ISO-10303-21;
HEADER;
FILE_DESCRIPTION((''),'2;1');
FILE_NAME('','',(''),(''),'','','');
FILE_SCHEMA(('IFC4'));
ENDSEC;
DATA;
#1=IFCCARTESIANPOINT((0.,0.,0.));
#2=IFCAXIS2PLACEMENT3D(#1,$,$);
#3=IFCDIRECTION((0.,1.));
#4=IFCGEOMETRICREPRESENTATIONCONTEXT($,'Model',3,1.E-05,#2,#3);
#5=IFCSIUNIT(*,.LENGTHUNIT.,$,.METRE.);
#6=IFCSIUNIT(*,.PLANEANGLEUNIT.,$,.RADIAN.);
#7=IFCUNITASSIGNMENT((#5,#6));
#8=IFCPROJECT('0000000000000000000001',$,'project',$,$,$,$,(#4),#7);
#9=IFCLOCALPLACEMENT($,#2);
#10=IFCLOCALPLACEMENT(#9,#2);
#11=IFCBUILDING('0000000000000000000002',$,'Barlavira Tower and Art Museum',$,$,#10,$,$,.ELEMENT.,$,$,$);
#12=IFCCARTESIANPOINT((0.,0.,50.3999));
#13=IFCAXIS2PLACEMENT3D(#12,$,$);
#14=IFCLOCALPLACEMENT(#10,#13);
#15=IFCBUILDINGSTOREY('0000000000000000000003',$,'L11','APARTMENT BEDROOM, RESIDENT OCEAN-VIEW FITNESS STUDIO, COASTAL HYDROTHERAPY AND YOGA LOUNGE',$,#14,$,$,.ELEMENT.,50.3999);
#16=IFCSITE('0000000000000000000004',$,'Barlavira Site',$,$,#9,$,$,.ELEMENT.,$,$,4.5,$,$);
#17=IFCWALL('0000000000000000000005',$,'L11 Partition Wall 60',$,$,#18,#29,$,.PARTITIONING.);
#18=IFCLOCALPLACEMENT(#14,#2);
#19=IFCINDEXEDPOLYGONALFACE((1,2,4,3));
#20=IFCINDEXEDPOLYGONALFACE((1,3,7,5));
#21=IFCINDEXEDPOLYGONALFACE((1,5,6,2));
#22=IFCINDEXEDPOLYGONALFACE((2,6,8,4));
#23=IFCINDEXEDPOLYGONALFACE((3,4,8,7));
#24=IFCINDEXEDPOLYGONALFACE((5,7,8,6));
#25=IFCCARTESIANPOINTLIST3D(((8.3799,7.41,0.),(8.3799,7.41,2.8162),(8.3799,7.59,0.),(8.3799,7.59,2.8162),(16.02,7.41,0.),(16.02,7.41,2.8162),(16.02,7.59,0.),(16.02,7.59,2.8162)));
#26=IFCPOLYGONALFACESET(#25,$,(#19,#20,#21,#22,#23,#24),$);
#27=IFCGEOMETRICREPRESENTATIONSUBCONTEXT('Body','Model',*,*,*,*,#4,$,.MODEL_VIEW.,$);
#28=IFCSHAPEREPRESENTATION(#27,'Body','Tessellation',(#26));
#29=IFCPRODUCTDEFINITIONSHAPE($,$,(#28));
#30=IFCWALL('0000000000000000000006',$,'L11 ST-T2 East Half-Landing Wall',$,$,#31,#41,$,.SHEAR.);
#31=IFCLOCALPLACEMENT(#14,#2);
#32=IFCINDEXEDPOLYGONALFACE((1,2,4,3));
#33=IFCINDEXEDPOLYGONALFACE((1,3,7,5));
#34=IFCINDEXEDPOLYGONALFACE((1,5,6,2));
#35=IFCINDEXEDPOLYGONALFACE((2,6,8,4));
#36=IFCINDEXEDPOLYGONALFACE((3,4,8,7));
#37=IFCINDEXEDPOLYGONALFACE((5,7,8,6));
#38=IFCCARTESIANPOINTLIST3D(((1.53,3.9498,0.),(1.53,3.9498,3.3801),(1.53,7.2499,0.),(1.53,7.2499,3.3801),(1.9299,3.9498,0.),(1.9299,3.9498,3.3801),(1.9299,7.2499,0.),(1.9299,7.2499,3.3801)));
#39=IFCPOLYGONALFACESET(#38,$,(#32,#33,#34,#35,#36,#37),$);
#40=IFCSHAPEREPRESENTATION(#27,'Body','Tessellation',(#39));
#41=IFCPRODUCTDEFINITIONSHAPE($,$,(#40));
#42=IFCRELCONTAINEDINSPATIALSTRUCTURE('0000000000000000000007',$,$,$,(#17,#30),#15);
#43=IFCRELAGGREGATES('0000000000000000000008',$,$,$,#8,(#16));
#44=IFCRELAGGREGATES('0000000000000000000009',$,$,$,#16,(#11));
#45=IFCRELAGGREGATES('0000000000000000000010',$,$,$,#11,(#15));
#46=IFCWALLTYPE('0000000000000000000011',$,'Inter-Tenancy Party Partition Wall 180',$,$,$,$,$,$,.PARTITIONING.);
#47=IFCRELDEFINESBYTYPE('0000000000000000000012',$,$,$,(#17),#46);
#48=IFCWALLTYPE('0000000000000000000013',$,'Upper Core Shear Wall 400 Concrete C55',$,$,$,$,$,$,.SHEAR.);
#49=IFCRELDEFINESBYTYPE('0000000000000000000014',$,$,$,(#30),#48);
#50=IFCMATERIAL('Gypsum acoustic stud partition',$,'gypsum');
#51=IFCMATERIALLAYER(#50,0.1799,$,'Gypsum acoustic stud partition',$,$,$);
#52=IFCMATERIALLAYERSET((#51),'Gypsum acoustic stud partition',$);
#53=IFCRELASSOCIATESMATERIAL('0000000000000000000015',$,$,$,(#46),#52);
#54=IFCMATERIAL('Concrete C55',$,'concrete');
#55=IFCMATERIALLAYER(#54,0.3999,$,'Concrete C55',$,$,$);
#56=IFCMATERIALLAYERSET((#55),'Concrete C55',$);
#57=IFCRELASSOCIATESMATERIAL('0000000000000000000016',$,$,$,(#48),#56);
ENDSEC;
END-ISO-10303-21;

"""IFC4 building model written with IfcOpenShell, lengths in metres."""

from ifc_helpers import new_model, si_unit, direction, frame, frame_2d, origin, place, context, subcontext, project, spatial, rectangle, extrude, material, layer, layer_set, type_object, element, save


model = new_model("IFC4")

# Units and contexts
model_context = context("Model", 3, precision=1e-05, world=origin(), true_north=direction((0.0, 1.0)))
body_context = subcontext(model_context, "Body", "Model", "MODEL_VIEW")
ifc_project = project(units=[si_unit("LENGTHUNIT", "METRE"), si_unit("PLANEANGLEUNIT", "RADIAN")], contexts=[model_context])

# Site, building, storey
site_placement = place(None, origin())
site = spatial("IfcSite", under=ifc_project, at=site_placement, Name="Barlavira Site", CompositionType="ELEMENT", RefElevation=4.5)
building_placement = place(site_placement, origin())
building = spatial("IfcBuilding", under=site, at=building_placement, Name="Barlavira Tower and Art Museum", CompositionType="ELEMENT")
storey_placement = place(building_placement, frame((0.0, 0.0, 50.3999)))
storey = spatial("IfcBuildingStorey", under=building, at=storey_placement, Name="L11", Description="APARTMENT BEDROOM, RESIDENT OCEAN-VIEW FITNESS STUDIO, COASTAL HYDROTHERAPY AND YOGA LOUNGE", CompositionType="ELEMENT", Elevation=50.3999)

# Shared definitions
ifc_material_1 = material(Name="Gypsum acoustic stud partition", Category="gypsum")

# Walls
ifc_layer_1 = layer(ifc_material_1, 0.1799, Name="Gypsum acoustic stud partition")
ifc_layer_set_1 = layer_set([ifc_layer_1], Name="Gypsum acoustic stud partition")
wall_type_1 = type_object("IfcWallType", Name="Inter-Tenancy Party Partition Wall 180", PredefinedType="PARTITIONING", material=ifc_layer_set_1)
wall_1_placement = place(storey_placement, frame((8.3799, 7.5, 0.0), z_axis=(0.0, 0.0, 1.0), x_axis=(1.0, 0.0, 0.0)))
element("IfcWall", 1, at=wall_1_placement, inside=storey, type_object=wall_type_1, Name="L11 Partition Wall 60", PredefinedType="PARTITIONING", context=body_context, shape_type="SweptSolid", body=[
    extrude(rectangle(XDim=7.6401, YDim=0.1799, at=frame_2d((3.8201, 0.0))), origin(), (0.0, 0.0, 1.0), 2.8162),
])
ifc_material_2 = material(Name="Concrete C55", Category="concrete")
ifc_layer_2 = layer(ifc_material_2, 0.3999, Name="Concrete C55")
ifc_layer_set_2 = layer_set([ifc_layer_2], Name="Concrete C55")
wall_type_2 = type_object("IfcWallType", Name="Upper Core Shear Wall 400 Concrete C55", PredefinedType="SHEAR", material=ifc_layer_set_2)
wall_2_placement = place(storey_placement, frame((1.73, 3.95, 0.0), z_axis=(0.0, 0.0, 1.0), x_axis=(0.0, 1.0, 0.0)))
element("IfcWall", 2, at=wall_2_placement, inside=storey, type_object=wall_type_2, Name="L11 ST-T2 East Half-Landing Wall", PredefinedType="SHEAR", context=body_context, shape_type="SweptSolid", body=[
    extrude(rectangle(XDim=3.3, YDim=0.3999, at=frame_2d((1.6499, 0.0))), origin(), (0.0, 0.0, 1.0), 3.3801),
])

save(model, "model.ifc")
